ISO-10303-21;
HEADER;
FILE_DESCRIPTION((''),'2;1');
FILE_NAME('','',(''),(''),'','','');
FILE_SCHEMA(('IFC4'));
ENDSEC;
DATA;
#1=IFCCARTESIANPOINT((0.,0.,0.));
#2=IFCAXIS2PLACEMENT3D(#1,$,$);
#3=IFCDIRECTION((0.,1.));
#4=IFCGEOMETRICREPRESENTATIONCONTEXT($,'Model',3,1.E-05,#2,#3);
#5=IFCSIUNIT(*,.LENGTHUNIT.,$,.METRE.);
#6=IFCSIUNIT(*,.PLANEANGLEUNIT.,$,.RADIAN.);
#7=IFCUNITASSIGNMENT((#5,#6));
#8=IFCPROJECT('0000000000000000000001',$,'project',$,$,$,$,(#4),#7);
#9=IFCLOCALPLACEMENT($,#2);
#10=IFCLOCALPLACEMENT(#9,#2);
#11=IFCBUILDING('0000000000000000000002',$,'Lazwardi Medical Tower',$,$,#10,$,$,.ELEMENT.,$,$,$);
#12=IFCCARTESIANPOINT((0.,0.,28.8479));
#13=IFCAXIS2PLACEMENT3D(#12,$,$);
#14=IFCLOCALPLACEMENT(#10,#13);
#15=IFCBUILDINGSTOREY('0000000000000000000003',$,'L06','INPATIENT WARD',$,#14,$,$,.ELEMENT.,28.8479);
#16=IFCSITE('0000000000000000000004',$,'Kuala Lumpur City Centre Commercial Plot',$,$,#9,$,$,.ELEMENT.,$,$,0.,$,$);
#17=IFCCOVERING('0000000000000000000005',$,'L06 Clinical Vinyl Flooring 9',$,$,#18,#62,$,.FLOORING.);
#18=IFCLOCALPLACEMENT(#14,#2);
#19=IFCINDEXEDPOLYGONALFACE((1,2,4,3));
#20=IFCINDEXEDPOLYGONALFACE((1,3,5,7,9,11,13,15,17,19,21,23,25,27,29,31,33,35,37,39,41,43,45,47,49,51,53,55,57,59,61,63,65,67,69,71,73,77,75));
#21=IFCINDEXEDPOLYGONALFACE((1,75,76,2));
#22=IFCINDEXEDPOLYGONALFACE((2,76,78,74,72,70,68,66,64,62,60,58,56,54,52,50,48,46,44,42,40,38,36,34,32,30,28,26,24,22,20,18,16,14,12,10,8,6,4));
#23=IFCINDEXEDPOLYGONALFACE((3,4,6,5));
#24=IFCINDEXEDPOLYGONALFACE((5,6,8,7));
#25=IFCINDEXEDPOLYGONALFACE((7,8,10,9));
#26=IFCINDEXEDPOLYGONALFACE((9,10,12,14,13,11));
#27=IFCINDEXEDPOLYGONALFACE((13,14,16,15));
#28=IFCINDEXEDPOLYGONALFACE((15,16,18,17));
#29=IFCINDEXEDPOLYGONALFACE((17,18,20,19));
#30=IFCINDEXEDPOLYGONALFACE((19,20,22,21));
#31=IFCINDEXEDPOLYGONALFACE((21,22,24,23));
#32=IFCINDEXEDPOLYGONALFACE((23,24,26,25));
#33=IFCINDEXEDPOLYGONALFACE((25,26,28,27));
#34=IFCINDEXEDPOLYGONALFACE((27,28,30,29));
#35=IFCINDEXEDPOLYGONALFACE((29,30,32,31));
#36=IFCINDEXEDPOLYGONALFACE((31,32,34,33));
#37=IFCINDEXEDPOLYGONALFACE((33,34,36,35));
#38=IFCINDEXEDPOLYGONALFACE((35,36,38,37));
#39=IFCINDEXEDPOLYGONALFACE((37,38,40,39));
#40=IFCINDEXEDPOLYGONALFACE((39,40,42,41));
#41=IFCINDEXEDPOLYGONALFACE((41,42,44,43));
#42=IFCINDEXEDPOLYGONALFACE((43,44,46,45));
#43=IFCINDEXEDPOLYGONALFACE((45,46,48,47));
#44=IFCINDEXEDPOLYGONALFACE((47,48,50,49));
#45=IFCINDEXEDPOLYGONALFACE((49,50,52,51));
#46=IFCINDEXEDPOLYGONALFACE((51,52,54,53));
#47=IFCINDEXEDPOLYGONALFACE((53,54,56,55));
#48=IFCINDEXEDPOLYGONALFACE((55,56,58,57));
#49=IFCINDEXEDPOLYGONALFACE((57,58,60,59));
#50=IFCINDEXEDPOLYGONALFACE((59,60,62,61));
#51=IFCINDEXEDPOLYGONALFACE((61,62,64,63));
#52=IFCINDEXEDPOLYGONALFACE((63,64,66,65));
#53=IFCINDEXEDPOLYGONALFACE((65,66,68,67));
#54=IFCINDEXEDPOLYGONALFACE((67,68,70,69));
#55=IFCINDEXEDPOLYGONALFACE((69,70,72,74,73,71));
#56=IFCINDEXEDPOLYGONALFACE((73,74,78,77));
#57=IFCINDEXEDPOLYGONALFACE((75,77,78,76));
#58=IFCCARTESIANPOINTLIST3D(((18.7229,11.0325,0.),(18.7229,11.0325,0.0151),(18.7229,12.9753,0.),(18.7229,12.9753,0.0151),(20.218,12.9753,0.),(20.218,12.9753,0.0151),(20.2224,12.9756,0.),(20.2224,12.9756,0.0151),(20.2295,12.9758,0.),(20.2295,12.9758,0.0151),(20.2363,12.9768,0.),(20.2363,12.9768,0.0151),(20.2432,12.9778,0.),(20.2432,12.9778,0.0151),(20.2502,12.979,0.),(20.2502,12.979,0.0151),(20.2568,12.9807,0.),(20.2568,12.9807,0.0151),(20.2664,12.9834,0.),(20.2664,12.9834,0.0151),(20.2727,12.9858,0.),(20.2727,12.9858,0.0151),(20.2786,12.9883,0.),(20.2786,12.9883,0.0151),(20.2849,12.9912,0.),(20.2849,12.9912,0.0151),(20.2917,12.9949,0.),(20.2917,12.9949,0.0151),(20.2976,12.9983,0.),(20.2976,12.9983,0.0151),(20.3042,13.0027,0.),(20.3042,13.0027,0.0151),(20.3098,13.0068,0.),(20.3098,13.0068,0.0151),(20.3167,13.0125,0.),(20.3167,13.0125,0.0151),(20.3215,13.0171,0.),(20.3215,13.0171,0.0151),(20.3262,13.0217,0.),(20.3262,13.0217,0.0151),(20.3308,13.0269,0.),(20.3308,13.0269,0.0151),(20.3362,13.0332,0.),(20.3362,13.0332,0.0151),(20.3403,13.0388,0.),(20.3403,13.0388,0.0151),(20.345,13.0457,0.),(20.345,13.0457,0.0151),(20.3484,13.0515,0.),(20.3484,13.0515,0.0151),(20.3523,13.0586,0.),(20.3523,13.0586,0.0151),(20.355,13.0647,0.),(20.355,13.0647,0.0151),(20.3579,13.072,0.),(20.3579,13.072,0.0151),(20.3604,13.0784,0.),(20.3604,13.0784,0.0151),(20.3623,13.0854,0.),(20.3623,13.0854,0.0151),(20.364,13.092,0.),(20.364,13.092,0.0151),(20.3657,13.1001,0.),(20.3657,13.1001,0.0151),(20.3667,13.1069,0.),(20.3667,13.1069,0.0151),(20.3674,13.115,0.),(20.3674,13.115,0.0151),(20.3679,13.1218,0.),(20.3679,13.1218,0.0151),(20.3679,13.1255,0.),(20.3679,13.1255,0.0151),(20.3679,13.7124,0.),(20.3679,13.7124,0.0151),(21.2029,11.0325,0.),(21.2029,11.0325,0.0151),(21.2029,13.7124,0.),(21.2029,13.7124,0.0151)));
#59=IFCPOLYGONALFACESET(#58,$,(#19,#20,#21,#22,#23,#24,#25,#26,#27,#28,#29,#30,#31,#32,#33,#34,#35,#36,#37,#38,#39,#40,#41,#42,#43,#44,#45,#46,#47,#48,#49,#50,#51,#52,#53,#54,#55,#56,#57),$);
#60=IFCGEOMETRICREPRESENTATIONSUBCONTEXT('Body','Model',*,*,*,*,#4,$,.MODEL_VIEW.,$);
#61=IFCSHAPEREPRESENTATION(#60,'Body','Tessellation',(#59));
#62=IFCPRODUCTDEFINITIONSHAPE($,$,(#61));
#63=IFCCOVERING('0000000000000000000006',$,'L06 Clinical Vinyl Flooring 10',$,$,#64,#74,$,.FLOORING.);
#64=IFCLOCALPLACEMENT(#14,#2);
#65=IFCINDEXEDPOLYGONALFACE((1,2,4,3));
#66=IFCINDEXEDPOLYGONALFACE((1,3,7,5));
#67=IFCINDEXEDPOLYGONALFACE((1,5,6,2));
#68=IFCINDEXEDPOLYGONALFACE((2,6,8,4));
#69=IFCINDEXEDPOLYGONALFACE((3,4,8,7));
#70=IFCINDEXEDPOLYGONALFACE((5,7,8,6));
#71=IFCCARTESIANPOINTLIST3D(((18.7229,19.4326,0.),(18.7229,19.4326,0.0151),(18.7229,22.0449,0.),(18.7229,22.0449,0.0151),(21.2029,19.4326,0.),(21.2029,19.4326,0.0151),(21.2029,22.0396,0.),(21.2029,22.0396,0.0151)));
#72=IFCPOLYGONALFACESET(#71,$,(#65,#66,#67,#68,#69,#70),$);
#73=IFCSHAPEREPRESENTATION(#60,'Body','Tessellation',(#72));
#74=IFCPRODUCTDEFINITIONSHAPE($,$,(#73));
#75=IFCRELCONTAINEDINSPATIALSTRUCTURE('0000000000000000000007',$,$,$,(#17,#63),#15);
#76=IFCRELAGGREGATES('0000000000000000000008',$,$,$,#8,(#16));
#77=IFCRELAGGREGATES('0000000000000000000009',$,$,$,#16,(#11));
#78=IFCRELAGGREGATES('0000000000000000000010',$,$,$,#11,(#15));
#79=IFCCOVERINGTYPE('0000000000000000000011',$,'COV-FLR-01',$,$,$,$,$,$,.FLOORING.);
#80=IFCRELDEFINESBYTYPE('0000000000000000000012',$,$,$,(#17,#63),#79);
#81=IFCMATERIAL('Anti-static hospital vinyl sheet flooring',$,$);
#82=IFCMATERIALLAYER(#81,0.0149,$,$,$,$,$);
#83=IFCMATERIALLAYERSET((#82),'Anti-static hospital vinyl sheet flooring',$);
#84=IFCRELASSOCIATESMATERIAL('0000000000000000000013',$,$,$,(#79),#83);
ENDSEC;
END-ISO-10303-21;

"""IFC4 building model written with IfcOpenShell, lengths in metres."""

from ifc_helpers import new_model, si_unit, direction, frame, origin, place, context, subcontext, project, spatial, polyline, outline, extrude, material, layer, layer_set, type_object, element, save


model = new_model("IFC4")

# Units and contexts
model_context = context("Model", 3, precision=1e-05, world=origin(), true_north=direction((0.0, 1.0)))
body_context = subcontext(model_context, "Body", "Model", "MODEL_VIEW")
ifc_project = project(units=[si_unit("LENGTHUNIT", "METRE"), si_unit("PLANEANGLEUNIT", "RADIAN")], contexts=[model_context])

# Site, building, storey
site_placement = place(None, origin())
site = spatial("IfcSite", under=ifc_project, at=site_placement, Name="Kuala Lumpur City Centre Commercial Plot", CompositionType="ELEMENT", RefElevation=0.0)
building_placement = place(site_placement, origin())
building = spatial("IfcBuilding", under=site, at=building_placement, Name="Lazwardi Medical Tower", CompositionType="ELEMENT")
storey_placement = place(building_placement, frame((0.0, 0.0, 28.8479)))
storey = spatial("IfcBuildingStorey", under=building, at=storey_placement, Name="L06", Description="INPATIENT WARD", CompositionType="ELEMENT", Elevation=28.8479)

# Coverings
ifc_material_1 = material(Name="Anti-static hospital vinyl sheet flooring")
ifc_layer_1 = layer(ifc_material_1, 0.0149)
ifc_layer_set_1 = layer_set([ifc_layer_1], Name="Anti-static hospital vinyl sheet flooring")
covering_type_1 = type_object("IfcCoveringType", Name="COV-FLR-01", PredefinedType="FLOORING", material=ifc_layer_set_1)
covering_1_placement = place(storey_placement, origin())
element("IfcCovering", 1, at=covering_1_placement, inside=storey, type_object=covering_type_1, Name="L06 Clinical Vinyl Flooring 9", PredefinedType="FLOORING", context=body_context, shape_type="SweptSolid", body=[
    extrude(outline(polyline([(20.3679, 13.7124), (20.3679, 13.1255), (20.3679, 13.1218), (20.3674, 13.115), (20.3667, 13.1069), (20.3657, 13.1001), (20.364, 13.092), (20.3623, 13.0854), (20.3604, 13.0784), (20.3579, 13.072), (20.355, 13.0647), (20.3523, 13.0586), (20.3484, 13.0515), (20.345, 13.0457), (20.3403, 13.0388), (20.3362, 13.0332), (20.3308, 13.0269), (20.3262, 13.0217), (20.3215, 13.0171), (20.3167, 13.0125), (20.3098, 13.0068), (20.3042, 13.0027), (20.2976, 12.9983), (20.2917, 12.9949), (20.2849, 12.9912), (20.2786, 12.9883), (20.2727, 12.9858), (20.2664, 12.9834), (20.2568, 12.9807), (20.2502, 12.979), (20.2432, 12.9778), (20.2363, 12.9768), (20.2295, 12.9758), (20.2224, 12.9756), (20.218, 12.9753), (18.7229, 12.9753), (18.7229, 11.0325), (21.2029, 11.0325), (21.2029, 13.7124), (20.3679, 13.7124)])), origin(), (0.0, 0.0, 1.0), 0.0151),
])
covering_2_placement = place(storey_placement, origin())
element("IfcCovering", 2, at=covering_2_placement, inside=storey, type_object=covering_type_1, Name="L06 Clinical Vinyl Flooring 10", PredefinedType="FLOORING", context=body_context, shape_type="SweptSolid", body=[
    extrude(outline(polyline([(21.2029, 22.0396), (18.7229, 22.0449), (18.7229, 19.4326), (21.2029, 19.4326), (21.2029, 22.0396)])), origin(), (0.0, 0.0, 1.0), 0.0151),
])

save(model, "model.ifc")
